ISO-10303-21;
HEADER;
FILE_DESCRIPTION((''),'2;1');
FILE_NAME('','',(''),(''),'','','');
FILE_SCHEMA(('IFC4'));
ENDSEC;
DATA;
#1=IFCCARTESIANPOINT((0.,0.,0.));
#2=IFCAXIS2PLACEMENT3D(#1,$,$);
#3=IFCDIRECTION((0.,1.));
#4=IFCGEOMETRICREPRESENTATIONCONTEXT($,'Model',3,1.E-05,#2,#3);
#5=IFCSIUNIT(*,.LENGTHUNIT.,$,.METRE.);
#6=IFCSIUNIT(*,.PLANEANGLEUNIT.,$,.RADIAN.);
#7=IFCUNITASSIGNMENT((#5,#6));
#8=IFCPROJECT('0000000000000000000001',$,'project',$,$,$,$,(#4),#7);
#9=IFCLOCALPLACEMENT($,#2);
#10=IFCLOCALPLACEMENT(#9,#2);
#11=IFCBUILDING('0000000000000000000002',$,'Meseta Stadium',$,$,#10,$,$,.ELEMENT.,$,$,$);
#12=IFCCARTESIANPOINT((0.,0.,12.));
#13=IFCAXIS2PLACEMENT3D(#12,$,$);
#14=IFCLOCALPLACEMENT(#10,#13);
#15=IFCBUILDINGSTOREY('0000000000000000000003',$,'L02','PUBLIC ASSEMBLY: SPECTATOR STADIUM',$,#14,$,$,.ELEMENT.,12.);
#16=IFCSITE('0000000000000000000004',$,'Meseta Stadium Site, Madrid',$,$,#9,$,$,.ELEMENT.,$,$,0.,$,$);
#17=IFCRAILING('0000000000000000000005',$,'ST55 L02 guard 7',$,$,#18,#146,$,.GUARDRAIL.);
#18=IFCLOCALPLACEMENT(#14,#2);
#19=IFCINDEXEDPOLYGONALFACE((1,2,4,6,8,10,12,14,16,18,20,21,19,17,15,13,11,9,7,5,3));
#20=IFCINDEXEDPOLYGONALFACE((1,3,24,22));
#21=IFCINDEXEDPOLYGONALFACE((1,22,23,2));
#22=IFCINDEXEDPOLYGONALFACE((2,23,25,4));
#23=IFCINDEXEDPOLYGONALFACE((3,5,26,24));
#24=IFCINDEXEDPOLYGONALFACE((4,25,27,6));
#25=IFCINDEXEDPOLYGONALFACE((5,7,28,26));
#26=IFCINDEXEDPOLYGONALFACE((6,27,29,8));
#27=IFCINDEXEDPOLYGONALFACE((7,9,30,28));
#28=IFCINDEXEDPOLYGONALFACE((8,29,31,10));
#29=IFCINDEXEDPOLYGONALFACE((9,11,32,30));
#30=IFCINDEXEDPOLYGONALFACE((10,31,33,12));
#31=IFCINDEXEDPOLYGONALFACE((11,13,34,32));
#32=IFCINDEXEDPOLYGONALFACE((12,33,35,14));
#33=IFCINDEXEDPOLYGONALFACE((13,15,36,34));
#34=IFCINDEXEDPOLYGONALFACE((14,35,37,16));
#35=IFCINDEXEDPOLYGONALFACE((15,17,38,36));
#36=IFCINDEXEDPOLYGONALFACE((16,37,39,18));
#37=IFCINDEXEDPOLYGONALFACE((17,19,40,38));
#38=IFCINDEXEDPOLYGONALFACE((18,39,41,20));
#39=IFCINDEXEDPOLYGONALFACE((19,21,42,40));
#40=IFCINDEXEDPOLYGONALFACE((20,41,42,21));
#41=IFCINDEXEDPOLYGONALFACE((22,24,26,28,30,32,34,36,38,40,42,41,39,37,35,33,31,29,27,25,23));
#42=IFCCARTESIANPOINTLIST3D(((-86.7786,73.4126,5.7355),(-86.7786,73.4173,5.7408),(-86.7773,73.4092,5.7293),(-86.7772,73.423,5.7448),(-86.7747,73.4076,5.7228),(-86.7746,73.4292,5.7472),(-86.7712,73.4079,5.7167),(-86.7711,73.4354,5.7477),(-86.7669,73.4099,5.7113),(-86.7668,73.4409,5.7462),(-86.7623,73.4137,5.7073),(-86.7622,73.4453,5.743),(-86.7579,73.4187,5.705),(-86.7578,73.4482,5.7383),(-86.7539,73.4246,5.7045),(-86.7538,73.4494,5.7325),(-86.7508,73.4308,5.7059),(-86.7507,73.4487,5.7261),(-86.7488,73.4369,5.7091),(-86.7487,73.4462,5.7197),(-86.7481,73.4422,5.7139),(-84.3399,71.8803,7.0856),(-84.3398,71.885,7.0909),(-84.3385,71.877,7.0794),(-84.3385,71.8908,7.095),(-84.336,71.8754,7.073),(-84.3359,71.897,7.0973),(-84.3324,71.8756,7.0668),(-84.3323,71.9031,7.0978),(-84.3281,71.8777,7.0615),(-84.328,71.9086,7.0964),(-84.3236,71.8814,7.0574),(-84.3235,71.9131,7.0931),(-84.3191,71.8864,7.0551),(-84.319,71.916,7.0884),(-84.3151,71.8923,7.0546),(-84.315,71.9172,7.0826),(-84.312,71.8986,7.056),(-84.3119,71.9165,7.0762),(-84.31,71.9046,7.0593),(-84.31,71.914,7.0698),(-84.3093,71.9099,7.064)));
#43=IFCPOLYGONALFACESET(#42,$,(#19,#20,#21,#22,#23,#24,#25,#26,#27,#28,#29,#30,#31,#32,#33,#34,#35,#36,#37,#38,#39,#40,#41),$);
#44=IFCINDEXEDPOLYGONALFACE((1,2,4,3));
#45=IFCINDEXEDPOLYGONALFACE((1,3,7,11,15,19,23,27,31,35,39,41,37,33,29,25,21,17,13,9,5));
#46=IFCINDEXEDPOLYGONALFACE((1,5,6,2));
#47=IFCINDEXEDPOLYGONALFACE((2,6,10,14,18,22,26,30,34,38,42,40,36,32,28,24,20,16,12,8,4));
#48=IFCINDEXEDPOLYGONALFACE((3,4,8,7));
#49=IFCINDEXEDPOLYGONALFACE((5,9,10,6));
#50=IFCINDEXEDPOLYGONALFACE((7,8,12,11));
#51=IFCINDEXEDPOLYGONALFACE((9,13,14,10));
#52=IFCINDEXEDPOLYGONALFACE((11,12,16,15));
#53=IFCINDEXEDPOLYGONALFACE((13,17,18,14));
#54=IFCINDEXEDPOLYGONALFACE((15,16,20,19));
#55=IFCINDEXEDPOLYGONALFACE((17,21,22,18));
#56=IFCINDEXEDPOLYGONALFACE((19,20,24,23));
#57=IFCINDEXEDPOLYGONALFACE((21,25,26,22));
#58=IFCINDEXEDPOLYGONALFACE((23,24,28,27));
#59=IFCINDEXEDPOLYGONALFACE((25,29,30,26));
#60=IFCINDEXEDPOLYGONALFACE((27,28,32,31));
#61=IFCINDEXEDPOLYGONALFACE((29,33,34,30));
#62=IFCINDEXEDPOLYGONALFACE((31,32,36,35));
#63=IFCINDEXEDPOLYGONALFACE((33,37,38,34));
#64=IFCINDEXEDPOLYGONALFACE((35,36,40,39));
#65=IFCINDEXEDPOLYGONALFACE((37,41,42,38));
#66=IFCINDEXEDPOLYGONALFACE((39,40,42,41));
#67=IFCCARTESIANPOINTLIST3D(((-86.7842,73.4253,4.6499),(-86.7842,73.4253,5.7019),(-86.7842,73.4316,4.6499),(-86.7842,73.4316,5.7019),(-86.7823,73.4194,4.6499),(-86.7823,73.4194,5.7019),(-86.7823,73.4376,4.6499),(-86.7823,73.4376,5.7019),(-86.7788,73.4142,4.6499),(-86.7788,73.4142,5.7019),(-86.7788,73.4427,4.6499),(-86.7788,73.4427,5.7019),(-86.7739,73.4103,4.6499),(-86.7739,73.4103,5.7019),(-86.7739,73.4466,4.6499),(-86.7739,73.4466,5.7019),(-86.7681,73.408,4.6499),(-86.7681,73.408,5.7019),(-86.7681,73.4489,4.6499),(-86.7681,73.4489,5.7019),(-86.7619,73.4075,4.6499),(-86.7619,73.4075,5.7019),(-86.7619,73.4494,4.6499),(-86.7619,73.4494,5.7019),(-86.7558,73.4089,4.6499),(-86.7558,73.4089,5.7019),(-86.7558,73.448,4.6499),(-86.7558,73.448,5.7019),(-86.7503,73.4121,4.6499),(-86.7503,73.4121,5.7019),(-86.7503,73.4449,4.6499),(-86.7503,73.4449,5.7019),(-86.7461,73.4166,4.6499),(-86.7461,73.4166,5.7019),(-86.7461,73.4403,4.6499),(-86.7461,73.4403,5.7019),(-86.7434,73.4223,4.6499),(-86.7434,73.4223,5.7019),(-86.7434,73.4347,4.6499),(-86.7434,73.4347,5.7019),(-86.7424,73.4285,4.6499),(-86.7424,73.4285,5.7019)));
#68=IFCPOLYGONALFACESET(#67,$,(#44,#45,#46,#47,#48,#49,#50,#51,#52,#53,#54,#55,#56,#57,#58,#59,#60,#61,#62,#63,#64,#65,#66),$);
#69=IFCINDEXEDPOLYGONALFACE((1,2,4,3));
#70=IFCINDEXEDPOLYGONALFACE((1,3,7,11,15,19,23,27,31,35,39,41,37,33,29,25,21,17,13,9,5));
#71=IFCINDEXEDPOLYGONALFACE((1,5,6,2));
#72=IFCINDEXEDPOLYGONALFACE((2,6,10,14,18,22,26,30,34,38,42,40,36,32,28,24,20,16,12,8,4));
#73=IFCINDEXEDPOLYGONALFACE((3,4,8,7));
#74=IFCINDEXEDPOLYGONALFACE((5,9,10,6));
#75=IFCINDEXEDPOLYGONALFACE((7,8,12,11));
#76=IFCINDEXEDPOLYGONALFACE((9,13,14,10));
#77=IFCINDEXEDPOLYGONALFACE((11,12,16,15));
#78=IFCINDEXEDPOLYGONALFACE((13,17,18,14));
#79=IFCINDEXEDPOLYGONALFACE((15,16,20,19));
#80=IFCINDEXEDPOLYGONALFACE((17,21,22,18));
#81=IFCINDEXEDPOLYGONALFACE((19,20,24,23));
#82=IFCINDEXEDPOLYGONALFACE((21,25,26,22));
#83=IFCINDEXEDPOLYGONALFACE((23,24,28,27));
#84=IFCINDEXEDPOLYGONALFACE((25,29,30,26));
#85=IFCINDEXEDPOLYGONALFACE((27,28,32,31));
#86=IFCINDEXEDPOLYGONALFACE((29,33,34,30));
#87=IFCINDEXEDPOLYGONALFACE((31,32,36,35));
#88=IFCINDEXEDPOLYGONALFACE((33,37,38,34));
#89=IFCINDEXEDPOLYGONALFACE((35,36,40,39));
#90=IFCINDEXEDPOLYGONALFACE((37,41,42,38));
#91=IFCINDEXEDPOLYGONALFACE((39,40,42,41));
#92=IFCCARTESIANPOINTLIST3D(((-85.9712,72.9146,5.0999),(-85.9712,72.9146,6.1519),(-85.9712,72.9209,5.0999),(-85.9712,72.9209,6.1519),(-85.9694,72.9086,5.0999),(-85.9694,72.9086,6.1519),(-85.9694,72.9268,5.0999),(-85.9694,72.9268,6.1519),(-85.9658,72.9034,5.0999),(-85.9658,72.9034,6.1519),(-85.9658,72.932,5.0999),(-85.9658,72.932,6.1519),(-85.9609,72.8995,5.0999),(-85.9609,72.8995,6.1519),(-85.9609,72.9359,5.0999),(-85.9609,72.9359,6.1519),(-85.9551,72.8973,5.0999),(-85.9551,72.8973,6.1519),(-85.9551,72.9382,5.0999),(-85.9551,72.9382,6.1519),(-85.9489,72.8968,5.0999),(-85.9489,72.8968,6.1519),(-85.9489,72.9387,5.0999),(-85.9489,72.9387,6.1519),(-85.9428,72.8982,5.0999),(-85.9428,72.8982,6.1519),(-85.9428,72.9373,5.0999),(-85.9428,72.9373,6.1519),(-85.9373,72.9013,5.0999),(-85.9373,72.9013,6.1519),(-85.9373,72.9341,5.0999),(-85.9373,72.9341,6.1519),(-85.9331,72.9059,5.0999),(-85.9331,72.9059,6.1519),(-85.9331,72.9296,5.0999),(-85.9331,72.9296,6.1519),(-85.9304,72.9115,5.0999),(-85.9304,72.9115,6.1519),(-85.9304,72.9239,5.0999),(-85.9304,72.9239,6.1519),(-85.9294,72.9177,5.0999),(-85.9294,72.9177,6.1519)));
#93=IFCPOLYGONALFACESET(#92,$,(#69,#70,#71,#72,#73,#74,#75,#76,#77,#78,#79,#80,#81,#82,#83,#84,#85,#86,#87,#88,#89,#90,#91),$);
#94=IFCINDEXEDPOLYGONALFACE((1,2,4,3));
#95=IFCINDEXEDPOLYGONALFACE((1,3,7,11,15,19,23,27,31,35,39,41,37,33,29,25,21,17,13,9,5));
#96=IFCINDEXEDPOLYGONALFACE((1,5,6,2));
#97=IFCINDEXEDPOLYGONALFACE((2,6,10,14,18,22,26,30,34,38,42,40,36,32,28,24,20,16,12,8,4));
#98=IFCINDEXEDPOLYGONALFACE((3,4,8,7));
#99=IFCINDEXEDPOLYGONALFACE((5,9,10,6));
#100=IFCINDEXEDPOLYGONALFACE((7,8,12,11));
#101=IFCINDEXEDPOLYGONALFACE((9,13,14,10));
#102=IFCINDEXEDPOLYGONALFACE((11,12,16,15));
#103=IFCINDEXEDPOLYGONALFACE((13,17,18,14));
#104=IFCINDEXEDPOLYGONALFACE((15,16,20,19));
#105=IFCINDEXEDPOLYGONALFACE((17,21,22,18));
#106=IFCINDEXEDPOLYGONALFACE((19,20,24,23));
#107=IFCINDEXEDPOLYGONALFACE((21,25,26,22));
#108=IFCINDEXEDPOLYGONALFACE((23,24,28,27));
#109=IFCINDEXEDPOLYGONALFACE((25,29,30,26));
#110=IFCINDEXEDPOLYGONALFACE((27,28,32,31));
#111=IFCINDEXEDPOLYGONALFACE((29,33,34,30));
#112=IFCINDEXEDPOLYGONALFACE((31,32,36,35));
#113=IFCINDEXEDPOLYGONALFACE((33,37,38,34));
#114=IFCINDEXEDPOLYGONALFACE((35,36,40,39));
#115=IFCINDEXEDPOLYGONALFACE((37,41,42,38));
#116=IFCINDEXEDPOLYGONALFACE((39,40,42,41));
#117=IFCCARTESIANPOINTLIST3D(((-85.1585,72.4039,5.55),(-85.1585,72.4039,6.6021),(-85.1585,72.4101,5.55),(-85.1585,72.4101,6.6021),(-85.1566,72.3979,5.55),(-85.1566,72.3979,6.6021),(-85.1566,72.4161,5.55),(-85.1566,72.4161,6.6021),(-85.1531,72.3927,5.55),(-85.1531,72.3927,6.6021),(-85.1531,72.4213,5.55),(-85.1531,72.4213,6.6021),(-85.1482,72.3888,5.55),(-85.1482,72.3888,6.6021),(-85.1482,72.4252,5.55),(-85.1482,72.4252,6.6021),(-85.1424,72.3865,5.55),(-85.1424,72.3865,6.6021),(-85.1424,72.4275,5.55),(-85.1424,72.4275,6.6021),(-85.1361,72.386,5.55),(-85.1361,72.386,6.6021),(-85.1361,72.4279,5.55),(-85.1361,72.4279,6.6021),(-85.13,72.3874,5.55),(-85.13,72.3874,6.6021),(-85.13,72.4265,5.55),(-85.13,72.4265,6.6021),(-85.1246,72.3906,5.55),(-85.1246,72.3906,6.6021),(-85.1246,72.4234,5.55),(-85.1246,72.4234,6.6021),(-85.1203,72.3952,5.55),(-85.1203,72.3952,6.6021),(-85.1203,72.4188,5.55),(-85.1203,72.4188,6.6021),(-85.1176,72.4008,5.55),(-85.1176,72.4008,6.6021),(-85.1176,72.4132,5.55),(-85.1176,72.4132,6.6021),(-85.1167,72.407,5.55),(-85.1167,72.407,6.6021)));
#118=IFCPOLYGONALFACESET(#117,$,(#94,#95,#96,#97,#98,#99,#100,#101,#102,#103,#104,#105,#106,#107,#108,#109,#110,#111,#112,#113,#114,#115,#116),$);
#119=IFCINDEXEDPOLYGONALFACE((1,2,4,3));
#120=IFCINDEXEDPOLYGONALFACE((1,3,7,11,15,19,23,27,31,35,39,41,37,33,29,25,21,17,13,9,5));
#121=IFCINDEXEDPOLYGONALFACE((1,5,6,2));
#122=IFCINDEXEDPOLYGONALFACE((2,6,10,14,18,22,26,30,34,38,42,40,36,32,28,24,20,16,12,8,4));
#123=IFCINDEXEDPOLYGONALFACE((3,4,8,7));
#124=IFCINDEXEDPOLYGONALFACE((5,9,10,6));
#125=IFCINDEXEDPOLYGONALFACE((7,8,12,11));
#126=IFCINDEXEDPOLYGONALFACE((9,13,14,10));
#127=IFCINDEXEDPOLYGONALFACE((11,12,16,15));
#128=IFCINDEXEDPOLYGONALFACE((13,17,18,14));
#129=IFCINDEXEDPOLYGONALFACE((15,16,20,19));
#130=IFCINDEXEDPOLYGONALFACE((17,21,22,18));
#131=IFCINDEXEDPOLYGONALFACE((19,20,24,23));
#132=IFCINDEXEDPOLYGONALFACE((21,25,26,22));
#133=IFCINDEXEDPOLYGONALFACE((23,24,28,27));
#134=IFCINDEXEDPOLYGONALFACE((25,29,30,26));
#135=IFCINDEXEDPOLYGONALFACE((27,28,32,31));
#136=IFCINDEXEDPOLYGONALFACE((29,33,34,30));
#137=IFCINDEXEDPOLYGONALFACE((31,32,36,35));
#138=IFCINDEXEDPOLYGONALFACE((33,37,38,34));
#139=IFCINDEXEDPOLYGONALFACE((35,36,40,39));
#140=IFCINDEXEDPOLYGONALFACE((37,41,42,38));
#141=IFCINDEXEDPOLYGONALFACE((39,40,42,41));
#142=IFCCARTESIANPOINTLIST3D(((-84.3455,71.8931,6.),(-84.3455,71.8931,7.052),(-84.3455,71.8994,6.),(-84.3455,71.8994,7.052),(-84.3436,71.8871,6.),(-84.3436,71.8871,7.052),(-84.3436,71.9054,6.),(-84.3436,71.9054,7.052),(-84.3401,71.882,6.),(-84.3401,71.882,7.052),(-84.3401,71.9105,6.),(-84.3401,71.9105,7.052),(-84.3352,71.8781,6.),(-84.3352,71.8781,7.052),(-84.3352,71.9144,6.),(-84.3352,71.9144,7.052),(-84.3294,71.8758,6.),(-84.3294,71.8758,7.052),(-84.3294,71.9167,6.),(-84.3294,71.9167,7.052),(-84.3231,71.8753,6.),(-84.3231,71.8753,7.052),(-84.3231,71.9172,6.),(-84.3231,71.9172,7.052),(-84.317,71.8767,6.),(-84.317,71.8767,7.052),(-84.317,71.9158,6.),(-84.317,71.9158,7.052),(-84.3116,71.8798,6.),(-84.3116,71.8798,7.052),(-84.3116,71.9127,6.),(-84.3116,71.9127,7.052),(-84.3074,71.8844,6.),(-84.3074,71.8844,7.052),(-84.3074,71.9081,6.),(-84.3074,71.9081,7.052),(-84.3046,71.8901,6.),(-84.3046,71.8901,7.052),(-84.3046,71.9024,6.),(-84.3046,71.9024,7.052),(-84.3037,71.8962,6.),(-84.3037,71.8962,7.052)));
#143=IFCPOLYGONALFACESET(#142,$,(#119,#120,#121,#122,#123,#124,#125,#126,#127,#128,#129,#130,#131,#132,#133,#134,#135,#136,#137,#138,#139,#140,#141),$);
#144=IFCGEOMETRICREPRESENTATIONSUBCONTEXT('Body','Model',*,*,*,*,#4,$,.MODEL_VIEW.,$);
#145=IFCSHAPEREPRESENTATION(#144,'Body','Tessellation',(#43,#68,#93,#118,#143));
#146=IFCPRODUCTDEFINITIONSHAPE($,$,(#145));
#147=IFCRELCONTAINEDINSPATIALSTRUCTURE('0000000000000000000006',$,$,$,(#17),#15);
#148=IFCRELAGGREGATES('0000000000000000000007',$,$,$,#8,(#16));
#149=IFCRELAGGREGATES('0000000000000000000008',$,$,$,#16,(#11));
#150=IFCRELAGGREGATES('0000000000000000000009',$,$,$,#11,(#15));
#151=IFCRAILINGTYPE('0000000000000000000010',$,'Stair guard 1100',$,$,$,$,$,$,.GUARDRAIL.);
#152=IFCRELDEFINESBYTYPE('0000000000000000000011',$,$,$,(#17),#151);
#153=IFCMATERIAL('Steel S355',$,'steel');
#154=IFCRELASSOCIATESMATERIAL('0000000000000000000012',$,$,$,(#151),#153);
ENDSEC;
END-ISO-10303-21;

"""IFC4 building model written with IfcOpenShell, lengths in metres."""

from ifc_helpers import new_model, si_unit, direction, frame, origin, origin_2d, place, context, subcontext, project, spatial, circle, extrude, material, type_object, element, save


model = new_model("IFC4")

# Units and contexts
model_context = context("Model", 3, precision=1e-05, world=origin(), true_north=direction((0.0, 1.0)))
body_context = subcontext(model_context, "Body", "Model", "MODEL_VIEW")
ifc_project = project(units=[si_unit("LENGTHUNIT", "METRE"), si_unit("PLANEANGLEUNIT", "RADIAN")], contexts=[model_context])

# Site, building, storey
site_placement = place(None, origin())
site = spatial("IfcSite", under=ifc_project, at=site_placement, Name="Meseta Stadium Site, Madrid", CompositionType="ELEMENT", RefElevation=0.0)
building_placement = place(site_placement, origin())
building = spatial("IfcBuilding", under=site, at=building_placement, Name="Meseta Stadium", CompositionType="ELEMENT")
storey_placement = place(building_placement, frame((0.0, 0.0, 12.0)))
storey = spatial("IfcBuildingStorey", under=building, at=storey_placement, Name="L02", Description="PUBLIC ASSEMBLY: SPECTATOR STADIUM", CompositionType="ELEMENT", Elevation=12.0)

# Railing
ifc_material_1 = material(Name="Steel S355", Category="steel")
railing_type_1 = type_object("IfcRailingType", Name="Stair guard 1100", PredefinedType="GUARDRAIL", material=ifc_material_1)
railing_1_placement = place(storey_placement, frame((-86.7634, 73.4285, 4.6499)))
element("IfcRailing", 1, at=railing_1_placement, inside=storey, type_object=railing_type_1, Name="ST55 L02 guard 7", PredefinedType="GUARDRAIL", context=body_context, shape_type="SweptSolid", body=[
    extrude(circle(Radius=0.0239, at=origin_2d()), frame((0.0, 0.0, 1.0762), z_axis=(0.766687, -0.481703, 0.424445), x_axis=(0.532001, 0.846743, 0.0)), (0.0, 0.0, 1.0), 3.1809),
    extrude(circle(Radius=0.021, at=origin_2d()), origin(), (0.0, 0.0, 1.0), 1.052),
    extrude(circle(Radius=0.021, at=origin_2d()), frame((0.813, -0.5107, 0.45)), (0.0, 0.0, 1.0), 1.052),
    extrude(circle(Radius=0.021, at=origin_2d()), frame((1.6257, -1.0215, 0.9001)), (0.0, 0.0, 1.0), 1.052),
    extrude(circle(Radius=0.021, at=origin_2d()), frame((2.4387, -1.5322, 1.3501)), (0.0, 0.0, 1.0), 1.052),
])

save(model, "model.ifc")
